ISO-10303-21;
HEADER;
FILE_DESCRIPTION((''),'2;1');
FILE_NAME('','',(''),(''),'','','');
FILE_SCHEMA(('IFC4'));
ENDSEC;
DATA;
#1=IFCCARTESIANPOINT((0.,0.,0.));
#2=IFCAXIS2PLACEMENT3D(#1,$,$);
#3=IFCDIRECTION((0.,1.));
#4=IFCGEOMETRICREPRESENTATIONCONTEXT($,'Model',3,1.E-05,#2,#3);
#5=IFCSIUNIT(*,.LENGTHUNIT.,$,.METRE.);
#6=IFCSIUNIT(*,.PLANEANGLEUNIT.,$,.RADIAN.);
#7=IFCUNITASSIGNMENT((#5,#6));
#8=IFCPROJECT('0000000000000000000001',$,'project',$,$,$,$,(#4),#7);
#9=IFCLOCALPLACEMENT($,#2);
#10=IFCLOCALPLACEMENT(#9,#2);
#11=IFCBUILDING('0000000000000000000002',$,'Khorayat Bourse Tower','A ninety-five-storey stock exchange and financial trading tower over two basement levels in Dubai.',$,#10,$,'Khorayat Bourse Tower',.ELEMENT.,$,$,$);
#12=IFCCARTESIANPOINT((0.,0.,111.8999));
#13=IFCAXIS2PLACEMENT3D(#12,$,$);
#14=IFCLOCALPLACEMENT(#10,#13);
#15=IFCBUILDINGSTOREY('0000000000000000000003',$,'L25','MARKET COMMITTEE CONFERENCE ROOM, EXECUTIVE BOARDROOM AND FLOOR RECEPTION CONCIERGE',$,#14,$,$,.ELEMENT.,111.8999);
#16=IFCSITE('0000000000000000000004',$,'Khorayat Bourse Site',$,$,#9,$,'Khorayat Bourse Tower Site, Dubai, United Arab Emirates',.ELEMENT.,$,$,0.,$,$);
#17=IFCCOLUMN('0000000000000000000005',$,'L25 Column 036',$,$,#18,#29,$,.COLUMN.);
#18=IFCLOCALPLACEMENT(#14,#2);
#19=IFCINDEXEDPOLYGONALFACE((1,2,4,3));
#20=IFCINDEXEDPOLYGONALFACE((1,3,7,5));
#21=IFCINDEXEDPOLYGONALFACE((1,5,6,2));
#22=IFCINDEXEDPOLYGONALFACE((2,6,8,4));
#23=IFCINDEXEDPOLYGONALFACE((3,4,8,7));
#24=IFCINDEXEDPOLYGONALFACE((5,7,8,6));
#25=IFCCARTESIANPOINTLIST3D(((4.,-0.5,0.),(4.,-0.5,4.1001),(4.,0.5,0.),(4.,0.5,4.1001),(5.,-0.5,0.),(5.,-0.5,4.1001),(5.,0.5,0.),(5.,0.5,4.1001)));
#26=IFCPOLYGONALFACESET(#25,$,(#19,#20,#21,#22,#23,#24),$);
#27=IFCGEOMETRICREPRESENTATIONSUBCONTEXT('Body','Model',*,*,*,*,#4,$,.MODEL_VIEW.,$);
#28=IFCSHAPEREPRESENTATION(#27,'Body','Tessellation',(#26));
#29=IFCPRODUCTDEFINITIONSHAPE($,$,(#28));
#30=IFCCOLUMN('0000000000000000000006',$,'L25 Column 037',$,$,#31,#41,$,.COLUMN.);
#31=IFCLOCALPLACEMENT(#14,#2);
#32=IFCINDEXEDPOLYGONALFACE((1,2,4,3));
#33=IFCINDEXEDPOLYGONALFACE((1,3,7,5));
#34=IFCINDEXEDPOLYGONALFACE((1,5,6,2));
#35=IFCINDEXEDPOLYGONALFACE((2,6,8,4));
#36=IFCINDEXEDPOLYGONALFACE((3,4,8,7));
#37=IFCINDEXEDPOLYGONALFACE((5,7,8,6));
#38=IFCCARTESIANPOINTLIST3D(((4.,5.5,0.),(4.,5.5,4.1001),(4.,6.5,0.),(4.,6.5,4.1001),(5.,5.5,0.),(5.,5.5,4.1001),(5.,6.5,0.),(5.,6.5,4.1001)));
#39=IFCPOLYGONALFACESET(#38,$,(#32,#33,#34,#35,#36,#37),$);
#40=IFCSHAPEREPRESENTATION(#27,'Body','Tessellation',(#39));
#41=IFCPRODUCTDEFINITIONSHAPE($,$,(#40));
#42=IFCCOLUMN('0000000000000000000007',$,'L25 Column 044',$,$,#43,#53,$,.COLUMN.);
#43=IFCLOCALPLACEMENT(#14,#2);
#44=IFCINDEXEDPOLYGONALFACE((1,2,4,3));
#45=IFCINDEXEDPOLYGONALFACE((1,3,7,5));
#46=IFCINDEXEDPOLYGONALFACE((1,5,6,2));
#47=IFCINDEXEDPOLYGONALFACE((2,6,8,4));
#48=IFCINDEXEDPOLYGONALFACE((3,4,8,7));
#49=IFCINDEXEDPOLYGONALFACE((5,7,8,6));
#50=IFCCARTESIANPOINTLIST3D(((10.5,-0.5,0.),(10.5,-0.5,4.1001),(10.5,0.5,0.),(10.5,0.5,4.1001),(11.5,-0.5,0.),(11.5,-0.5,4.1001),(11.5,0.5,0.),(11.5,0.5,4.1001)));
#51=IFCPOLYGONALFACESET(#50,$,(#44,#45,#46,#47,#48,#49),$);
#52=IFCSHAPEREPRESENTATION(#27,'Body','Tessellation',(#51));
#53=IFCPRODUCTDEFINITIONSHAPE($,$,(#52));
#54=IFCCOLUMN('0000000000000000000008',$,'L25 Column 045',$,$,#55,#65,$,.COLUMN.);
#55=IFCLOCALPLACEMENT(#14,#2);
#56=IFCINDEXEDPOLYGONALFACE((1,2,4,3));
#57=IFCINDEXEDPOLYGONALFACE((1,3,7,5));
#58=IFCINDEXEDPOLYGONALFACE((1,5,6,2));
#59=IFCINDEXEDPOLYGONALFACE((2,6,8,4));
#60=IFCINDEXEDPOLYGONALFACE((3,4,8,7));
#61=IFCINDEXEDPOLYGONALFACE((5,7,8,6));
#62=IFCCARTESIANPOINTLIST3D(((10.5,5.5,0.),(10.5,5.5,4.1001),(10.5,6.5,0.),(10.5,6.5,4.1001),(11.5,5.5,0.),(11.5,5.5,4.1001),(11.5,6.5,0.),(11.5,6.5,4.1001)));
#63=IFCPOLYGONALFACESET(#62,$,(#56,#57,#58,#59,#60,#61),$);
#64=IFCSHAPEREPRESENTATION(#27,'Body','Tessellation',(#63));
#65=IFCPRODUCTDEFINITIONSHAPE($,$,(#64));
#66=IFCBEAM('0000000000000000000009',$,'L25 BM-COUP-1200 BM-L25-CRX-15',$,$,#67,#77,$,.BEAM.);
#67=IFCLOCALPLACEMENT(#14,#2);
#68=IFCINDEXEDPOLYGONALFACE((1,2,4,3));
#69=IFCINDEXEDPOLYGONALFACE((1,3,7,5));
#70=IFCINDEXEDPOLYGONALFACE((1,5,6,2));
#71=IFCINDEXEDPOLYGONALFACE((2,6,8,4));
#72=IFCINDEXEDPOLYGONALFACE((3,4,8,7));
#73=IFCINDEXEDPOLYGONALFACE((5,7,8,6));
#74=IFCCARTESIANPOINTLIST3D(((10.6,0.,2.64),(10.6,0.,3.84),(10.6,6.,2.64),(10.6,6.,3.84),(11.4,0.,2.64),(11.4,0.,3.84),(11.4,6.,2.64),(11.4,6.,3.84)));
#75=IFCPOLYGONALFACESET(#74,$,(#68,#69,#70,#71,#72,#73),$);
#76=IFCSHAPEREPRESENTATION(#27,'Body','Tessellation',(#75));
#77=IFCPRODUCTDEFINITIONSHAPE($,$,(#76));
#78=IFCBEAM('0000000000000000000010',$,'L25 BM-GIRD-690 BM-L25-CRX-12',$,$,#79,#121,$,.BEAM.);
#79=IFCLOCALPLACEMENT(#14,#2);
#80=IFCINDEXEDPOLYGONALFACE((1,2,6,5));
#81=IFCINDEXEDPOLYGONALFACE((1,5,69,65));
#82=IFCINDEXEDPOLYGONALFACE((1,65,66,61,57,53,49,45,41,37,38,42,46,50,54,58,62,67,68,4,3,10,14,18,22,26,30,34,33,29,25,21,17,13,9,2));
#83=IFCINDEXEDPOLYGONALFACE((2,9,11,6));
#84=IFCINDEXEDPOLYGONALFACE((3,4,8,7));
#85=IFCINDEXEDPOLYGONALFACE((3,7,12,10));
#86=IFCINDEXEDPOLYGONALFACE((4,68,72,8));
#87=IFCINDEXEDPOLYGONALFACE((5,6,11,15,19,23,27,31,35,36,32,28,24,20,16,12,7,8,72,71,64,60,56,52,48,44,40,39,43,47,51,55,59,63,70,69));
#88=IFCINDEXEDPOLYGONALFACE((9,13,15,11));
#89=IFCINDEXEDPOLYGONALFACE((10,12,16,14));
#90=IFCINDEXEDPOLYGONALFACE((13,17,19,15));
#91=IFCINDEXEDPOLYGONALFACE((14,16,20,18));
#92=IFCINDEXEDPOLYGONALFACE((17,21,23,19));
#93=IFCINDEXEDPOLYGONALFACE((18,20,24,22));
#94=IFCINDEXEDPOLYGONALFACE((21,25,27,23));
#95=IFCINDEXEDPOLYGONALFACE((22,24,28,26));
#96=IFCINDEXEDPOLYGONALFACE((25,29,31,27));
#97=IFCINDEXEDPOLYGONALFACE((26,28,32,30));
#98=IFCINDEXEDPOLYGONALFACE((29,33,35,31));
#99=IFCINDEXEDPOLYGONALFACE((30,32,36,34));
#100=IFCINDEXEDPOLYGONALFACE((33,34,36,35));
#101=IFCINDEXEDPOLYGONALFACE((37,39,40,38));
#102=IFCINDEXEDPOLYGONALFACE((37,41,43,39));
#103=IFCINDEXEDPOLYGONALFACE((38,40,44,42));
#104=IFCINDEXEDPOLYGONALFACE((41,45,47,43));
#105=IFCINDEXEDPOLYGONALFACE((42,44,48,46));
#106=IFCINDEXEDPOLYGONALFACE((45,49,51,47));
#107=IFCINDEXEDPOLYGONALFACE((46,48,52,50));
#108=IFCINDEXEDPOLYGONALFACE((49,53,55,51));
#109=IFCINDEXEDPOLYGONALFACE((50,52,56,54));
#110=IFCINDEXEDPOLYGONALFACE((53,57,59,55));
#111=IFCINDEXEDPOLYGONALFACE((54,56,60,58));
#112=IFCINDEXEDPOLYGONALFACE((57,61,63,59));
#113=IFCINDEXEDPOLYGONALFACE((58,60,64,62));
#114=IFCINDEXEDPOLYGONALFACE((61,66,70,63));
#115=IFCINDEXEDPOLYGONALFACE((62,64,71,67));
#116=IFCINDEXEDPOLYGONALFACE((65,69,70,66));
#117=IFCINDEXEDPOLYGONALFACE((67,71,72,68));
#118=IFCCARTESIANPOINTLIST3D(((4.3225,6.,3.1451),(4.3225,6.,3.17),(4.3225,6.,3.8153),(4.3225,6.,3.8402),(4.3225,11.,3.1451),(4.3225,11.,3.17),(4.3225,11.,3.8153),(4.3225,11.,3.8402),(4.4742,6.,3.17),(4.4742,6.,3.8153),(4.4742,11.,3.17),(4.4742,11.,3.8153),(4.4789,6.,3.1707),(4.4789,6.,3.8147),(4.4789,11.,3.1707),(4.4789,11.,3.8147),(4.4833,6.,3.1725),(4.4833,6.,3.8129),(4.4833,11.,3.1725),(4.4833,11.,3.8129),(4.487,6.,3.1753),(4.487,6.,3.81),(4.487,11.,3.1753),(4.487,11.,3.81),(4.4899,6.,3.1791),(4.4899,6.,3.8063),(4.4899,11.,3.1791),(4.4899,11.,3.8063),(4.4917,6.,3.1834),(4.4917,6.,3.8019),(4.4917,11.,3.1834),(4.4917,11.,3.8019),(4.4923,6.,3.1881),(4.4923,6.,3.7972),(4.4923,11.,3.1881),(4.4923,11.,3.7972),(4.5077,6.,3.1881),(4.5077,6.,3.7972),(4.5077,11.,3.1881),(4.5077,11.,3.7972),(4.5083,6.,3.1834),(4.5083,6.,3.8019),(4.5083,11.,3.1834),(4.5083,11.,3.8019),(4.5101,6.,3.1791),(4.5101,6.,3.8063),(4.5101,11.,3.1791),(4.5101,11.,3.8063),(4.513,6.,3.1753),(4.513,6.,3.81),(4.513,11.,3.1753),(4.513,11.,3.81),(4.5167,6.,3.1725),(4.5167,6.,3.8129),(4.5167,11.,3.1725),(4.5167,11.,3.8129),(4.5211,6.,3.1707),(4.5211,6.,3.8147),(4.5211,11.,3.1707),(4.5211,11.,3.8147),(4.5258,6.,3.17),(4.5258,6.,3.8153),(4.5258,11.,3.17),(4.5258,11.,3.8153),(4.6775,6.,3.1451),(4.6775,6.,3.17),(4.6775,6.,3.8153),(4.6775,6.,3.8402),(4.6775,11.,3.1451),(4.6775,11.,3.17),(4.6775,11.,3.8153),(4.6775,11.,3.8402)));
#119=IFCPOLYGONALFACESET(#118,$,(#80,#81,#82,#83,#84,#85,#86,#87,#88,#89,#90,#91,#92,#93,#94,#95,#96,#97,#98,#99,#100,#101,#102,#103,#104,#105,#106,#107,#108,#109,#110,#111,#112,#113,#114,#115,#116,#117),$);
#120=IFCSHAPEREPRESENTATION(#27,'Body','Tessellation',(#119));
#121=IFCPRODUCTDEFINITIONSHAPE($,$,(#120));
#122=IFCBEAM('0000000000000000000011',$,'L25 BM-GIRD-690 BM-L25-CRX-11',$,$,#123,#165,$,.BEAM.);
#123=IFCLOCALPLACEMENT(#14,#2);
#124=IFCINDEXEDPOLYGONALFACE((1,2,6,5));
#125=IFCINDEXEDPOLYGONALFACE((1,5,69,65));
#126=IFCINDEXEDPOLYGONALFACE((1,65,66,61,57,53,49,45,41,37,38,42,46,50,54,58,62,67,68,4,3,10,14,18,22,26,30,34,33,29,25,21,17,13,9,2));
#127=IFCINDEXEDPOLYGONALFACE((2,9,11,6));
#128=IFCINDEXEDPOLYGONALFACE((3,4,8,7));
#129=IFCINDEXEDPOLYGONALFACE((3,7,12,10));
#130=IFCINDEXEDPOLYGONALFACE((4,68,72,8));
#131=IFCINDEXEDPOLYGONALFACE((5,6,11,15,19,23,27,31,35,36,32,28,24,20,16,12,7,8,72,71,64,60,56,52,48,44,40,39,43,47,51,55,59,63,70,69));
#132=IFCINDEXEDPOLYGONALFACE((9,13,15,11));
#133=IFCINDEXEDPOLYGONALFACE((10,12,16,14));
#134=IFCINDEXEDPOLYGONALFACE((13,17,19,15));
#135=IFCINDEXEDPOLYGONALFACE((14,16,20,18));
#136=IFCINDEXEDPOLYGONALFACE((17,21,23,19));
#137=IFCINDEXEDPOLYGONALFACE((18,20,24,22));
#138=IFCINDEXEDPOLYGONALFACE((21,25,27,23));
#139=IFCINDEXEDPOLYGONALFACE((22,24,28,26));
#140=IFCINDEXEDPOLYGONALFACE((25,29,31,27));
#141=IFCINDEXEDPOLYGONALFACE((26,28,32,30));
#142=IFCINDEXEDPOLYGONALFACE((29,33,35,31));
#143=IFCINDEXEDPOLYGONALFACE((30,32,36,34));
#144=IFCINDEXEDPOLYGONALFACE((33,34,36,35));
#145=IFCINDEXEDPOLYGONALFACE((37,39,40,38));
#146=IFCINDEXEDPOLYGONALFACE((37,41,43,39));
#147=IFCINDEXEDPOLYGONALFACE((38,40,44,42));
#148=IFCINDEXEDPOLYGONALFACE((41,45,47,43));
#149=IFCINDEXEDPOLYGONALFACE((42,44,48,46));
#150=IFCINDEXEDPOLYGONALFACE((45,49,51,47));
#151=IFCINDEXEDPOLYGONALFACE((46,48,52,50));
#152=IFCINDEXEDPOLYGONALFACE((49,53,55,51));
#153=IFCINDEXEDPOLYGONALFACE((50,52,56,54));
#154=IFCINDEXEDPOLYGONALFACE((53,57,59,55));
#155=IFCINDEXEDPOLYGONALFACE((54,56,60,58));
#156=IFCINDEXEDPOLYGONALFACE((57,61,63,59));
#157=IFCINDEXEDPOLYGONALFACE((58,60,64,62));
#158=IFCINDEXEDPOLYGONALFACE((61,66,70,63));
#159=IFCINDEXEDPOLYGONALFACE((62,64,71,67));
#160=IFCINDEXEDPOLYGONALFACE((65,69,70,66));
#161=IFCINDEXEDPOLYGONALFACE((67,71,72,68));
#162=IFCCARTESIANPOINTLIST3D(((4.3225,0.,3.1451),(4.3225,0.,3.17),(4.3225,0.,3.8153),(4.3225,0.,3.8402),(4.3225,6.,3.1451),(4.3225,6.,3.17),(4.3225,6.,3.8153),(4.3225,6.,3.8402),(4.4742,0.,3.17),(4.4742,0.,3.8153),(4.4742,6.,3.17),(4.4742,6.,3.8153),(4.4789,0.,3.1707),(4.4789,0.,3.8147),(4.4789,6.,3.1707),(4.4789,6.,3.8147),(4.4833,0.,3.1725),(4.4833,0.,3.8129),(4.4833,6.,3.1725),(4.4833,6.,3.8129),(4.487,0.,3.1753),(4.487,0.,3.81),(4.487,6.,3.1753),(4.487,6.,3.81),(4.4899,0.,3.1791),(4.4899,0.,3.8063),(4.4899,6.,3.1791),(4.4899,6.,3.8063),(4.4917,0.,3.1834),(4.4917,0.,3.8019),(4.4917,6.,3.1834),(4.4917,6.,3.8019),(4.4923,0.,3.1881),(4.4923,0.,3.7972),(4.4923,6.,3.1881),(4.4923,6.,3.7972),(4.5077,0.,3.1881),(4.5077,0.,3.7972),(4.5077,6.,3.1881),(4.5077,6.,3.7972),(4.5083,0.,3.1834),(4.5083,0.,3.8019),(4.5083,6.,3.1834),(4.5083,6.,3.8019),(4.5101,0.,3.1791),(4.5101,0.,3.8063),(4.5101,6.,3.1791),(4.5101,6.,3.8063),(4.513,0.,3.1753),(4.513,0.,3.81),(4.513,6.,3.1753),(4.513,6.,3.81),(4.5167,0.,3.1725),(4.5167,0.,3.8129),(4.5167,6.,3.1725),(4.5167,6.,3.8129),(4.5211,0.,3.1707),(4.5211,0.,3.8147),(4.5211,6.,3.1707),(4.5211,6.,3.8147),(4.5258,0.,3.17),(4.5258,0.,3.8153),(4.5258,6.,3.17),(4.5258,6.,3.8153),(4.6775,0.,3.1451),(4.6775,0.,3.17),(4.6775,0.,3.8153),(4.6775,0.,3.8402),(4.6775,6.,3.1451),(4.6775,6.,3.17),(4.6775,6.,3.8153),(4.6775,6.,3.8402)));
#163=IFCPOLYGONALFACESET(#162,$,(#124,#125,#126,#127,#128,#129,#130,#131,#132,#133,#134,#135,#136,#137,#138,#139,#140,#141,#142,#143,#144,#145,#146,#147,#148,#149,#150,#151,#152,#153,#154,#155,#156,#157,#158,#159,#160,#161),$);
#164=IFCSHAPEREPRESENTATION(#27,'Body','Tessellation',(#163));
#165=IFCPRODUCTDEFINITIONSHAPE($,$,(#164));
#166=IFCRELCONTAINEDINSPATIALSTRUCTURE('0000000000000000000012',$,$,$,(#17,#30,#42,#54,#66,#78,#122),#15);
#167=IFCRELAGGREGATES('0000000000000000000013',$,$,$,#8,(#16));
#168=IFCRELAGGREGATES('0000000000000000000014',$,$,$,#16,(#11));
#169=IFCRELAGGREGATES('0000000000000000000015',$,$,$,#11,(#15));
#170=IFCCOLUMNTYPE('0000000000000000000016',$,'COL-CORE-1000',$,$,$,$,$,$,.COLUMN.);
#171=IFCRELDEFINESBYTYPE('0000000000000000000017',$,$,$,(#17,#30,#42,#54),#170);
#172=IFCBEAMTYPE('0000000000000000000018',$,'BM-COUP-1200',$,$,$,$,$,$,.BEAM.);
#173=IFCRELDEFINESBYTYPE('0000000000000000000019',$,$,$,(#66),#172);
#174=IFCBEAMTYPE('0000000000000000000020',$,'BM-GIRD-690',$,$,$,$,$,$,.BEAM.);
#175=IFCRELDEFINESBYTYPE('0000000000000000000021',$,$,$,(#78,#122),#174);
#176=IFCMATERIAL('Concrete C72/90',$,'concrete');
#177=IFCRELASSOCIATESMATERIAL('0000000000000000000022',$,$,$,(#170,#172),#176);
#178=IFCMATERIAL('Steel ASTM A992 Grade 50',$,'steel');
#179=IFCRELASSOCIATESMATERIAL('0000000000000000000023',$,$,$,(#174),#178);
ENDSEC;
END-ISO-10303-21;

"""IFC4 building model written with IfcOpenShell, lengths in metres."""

from ifc_helpers import new_model, si_unit, direction, frame, origin, origin_2d, place, context, subcontext, project, spatial, rectangle, i_section, extrude, source, transform, mapped, material, material_profile, profile_set, type_object, element, save


model = new_model("IFC4")

# Units and contexts
model_context = context("Model", 3, precision=1e-05, world=origin(), true_north=direction((0.0, 1.0)))
body_context = subcontext(model_context, "Body", "Model", "MODEL_VIEW")
ifc_project = project(units=[si_unit("LENGTHUNIT", "METRE"), si_unit("PLANEANGLEUNIT", "RADIAN")], contexts=[model_context])

# Site, building, storey
site_placement = place(None, origin())
site = spatial("IfcSite", under=ifc_project, at=site_placement, Name="Khorayat Bourse Site", LongName="Khorayat Bourse Tower Site, Dubai, United Arab Emirates", CompositionType="ELEMENT", RefElevation=0.0)
building_placement = place(site_placement, origin())
building = spatial("IfcBuilding", under=site, at=building_placement, Name="Khorayat Bourse Tower", Description="A ninety-five-storey stock exchange and financial trading tower over two basement levels in Dubai.", LongName="Khorayat Bourse Tower", CompositionType="ELEMENT")
storey_placement = place(building_placement, frame((0.0, 0.0, 111.8999)))
storey = spatial("IfcBuildingStorey", under=building, at=storey_placement, Name="L25", Description="MARKET COMMITTEE CONFERENCE ROOM, EXECUTIVE BOARDROOM AND FLOOR RECEPTION CONCIERGE", CompositionType="ELEMENT", Elevation=111.8999)

# Columns
ifc_material_1 = material(Name="Concrete C72/90", Category="concrete")
ifc_material_profile_1 = material_profile(ifc_material_1, rectangle(XDim=1.0, YDim=1.0, at=origin_2d()), Name="RC 1000x1000")
ifc_profile_set_1 = profile_set([ifc_material_profile_1], Name="Concrete C72/90")
column_type = type_object("IfcColumnType", Name="COL-CORE-1000", PredefinedType="COLUMN", material=ifc_profile_set_1)
shared_shape_1 = source(origin(), body_context, "Body", "SweptSolid", [
    extrude(rectangle(XDim=1.0, YDim=1.0, at=origin_2d()), origin(), (0.0, 0.0, 1.0), 4.1001),
])
for number, where, z_axis, x_axis, name in (
    (1, (4.5, 0.0, 0.0), (0.0, 0.0, 1.0), (1.0, 0.0, 0.0), "L25 Column 036"),
    (2, (4.5, 6.0, 0.0), (0.0, 0.0, 1.0), (1.0, 0.0, 0.0), "L25 Column 037"),
    (3, (11.0, 0.0, 0.0), (0.0, 0.0, 1.0), (1.0, 0.0, 0.0), "L25 Column 044"),
    (4, (11.0, 6.0, 0.0), (0.0, 0.0, 1.0), (1.0, 0.0, 0.0), "L25 Column 045"),
):
    element("IfcColumn", number, at=place(storey_placement, frame(where, z_axis=z_axis, x_axis=x_axis)), inside=storey, type_object=column_type, Name=name, PredefinedType="COLUMN", context=body_context, shape_type="MappedRepresentation", body=[
        mapped(shared_shape_1, transform((0.0, 0.0, 0.0), scale=1.0)),
    ])

# Beams
ifc_material_profile_2 = material_profile(ifc_material_1, rectangle(XDim=0.8, YDim=1.2, at=origin_2d()), Name="RC 800x1200")
ifc_profile_set_2 = profile_set([ifc_material_profile_2], Name="Concrete C72/90")
beam_type_1 = type_object("IfcBeamType", Name="BM-COUP-1200", PredefinedType="BEAM", material=ifc_profile_set_2)
shared_shape_2 = source(origin(), body_context, "Body", "SweptSolid", [
    extrude(rectangle(XDim=0.8, YDim=1.2, at=origin_2d()), origin(), (0.0, 0.0, 1.0), 6.0),
])
beam_1_placement = place(storey_placement, frame((11.0, 0.0, 3.24), z_axis=(0.0, 1.0, 0.0), x_axis=(-1.0, 0.0, 0.0)))
element("IfcBeam", 5, at=beam_1_placement, inside=storey, type_object=beam_type_1, Name="L25 BM-COUP-1200 BM-L25-CRX-15", PredefinedType="BEAM", context=body_context, shape_type="MappedRepresentation", body=[
    mapped(shared_shape_2, transform((0.0, 0.0, 0.0), scale=1.0)),
])
ifc_material_2 = material(Name="Steel ASTM A992 Grade 50", Category="steel")
ifc_material_profile_3 = material_profile(ifc_material_2, i_section(OverallWidth=0.355, OverallDepth=0.6951, WebThickness=0.0154, FlangeThickness=0.0249, FilletRadius=0.0181, at=origin_2d()), Name="W690X217")
ifc_profile_set_3 = profile_set([ifc_material_profile_3], Name="Steel ASTM A992 Grade 50")
beam_type_2 = type_object("IfcBeamType", Name="BM-GIRD-690", PredefinedType="BEAM", material=ifc_profile_set_3)
shared_shape_3 = source(origin(), body_context, "Body", "SweptSolid", [
    extrude(i_section(OverallWidth=0.355, OverallDepth=0.6951, WebThickness=0.0154, FlangeThickness=0.0249, FilletRadius=0.0181, at=origin_2d()), origin(), (0.0, 0.0, 1.0), 5.0),
])
beam_2_placement = place(storey_placement, frame((4.5, 6.0, 3.4927), z_axis=(0.0, 1.0, 0.0), x_axis=(-1.0, 0.0, 0.0)))
element("IfcBeam", 6, at=beam_2_placement, inside=storey, type_object=beam_type_2, Name="L25 BM-GIRD-690 BM-L25-CRX-12", PredefinedType="BEAM", context=body_context, shape_type="MappedRepresentation", body=[
    mapped(shared_shape_3, transform((0.0, 0.0, 0.0), scale=1.0)),
])
shared_shape_4 = source(origin(), body_context, "Body", "SweptSolid", [
    extrude(i_section(OverallWidth=0.355, OverallDepth=0.6951, WebThickness=0.0154, FlangeThickness=0.0249, FilletRadius=0.0181, at=origin_2d()), origin(), (0.0, 0.0, 1.0), 6.0),
])
beam_3_placement = place(storey_placement, frame((4.5, 0.0, 3.4927), z_axis=(0.0, 1.0, 0.0), x_axis=(-1.0, 0.0, 0.0)))
element("IfcBeam", 7, at=beam_3_placement, inside=storey, type_object=beam_type_2, Name="L25 BM-GIRD-690 BM-L25-CRX-11", PredefinedType="BEAM", context=body_context, shape_type="MappedRepresentation", body=[
    mapped(shared_shape_4, transform((0.0, 0.0, 0.0), scale=1.0)),
])

save(model, "model.ifc")
